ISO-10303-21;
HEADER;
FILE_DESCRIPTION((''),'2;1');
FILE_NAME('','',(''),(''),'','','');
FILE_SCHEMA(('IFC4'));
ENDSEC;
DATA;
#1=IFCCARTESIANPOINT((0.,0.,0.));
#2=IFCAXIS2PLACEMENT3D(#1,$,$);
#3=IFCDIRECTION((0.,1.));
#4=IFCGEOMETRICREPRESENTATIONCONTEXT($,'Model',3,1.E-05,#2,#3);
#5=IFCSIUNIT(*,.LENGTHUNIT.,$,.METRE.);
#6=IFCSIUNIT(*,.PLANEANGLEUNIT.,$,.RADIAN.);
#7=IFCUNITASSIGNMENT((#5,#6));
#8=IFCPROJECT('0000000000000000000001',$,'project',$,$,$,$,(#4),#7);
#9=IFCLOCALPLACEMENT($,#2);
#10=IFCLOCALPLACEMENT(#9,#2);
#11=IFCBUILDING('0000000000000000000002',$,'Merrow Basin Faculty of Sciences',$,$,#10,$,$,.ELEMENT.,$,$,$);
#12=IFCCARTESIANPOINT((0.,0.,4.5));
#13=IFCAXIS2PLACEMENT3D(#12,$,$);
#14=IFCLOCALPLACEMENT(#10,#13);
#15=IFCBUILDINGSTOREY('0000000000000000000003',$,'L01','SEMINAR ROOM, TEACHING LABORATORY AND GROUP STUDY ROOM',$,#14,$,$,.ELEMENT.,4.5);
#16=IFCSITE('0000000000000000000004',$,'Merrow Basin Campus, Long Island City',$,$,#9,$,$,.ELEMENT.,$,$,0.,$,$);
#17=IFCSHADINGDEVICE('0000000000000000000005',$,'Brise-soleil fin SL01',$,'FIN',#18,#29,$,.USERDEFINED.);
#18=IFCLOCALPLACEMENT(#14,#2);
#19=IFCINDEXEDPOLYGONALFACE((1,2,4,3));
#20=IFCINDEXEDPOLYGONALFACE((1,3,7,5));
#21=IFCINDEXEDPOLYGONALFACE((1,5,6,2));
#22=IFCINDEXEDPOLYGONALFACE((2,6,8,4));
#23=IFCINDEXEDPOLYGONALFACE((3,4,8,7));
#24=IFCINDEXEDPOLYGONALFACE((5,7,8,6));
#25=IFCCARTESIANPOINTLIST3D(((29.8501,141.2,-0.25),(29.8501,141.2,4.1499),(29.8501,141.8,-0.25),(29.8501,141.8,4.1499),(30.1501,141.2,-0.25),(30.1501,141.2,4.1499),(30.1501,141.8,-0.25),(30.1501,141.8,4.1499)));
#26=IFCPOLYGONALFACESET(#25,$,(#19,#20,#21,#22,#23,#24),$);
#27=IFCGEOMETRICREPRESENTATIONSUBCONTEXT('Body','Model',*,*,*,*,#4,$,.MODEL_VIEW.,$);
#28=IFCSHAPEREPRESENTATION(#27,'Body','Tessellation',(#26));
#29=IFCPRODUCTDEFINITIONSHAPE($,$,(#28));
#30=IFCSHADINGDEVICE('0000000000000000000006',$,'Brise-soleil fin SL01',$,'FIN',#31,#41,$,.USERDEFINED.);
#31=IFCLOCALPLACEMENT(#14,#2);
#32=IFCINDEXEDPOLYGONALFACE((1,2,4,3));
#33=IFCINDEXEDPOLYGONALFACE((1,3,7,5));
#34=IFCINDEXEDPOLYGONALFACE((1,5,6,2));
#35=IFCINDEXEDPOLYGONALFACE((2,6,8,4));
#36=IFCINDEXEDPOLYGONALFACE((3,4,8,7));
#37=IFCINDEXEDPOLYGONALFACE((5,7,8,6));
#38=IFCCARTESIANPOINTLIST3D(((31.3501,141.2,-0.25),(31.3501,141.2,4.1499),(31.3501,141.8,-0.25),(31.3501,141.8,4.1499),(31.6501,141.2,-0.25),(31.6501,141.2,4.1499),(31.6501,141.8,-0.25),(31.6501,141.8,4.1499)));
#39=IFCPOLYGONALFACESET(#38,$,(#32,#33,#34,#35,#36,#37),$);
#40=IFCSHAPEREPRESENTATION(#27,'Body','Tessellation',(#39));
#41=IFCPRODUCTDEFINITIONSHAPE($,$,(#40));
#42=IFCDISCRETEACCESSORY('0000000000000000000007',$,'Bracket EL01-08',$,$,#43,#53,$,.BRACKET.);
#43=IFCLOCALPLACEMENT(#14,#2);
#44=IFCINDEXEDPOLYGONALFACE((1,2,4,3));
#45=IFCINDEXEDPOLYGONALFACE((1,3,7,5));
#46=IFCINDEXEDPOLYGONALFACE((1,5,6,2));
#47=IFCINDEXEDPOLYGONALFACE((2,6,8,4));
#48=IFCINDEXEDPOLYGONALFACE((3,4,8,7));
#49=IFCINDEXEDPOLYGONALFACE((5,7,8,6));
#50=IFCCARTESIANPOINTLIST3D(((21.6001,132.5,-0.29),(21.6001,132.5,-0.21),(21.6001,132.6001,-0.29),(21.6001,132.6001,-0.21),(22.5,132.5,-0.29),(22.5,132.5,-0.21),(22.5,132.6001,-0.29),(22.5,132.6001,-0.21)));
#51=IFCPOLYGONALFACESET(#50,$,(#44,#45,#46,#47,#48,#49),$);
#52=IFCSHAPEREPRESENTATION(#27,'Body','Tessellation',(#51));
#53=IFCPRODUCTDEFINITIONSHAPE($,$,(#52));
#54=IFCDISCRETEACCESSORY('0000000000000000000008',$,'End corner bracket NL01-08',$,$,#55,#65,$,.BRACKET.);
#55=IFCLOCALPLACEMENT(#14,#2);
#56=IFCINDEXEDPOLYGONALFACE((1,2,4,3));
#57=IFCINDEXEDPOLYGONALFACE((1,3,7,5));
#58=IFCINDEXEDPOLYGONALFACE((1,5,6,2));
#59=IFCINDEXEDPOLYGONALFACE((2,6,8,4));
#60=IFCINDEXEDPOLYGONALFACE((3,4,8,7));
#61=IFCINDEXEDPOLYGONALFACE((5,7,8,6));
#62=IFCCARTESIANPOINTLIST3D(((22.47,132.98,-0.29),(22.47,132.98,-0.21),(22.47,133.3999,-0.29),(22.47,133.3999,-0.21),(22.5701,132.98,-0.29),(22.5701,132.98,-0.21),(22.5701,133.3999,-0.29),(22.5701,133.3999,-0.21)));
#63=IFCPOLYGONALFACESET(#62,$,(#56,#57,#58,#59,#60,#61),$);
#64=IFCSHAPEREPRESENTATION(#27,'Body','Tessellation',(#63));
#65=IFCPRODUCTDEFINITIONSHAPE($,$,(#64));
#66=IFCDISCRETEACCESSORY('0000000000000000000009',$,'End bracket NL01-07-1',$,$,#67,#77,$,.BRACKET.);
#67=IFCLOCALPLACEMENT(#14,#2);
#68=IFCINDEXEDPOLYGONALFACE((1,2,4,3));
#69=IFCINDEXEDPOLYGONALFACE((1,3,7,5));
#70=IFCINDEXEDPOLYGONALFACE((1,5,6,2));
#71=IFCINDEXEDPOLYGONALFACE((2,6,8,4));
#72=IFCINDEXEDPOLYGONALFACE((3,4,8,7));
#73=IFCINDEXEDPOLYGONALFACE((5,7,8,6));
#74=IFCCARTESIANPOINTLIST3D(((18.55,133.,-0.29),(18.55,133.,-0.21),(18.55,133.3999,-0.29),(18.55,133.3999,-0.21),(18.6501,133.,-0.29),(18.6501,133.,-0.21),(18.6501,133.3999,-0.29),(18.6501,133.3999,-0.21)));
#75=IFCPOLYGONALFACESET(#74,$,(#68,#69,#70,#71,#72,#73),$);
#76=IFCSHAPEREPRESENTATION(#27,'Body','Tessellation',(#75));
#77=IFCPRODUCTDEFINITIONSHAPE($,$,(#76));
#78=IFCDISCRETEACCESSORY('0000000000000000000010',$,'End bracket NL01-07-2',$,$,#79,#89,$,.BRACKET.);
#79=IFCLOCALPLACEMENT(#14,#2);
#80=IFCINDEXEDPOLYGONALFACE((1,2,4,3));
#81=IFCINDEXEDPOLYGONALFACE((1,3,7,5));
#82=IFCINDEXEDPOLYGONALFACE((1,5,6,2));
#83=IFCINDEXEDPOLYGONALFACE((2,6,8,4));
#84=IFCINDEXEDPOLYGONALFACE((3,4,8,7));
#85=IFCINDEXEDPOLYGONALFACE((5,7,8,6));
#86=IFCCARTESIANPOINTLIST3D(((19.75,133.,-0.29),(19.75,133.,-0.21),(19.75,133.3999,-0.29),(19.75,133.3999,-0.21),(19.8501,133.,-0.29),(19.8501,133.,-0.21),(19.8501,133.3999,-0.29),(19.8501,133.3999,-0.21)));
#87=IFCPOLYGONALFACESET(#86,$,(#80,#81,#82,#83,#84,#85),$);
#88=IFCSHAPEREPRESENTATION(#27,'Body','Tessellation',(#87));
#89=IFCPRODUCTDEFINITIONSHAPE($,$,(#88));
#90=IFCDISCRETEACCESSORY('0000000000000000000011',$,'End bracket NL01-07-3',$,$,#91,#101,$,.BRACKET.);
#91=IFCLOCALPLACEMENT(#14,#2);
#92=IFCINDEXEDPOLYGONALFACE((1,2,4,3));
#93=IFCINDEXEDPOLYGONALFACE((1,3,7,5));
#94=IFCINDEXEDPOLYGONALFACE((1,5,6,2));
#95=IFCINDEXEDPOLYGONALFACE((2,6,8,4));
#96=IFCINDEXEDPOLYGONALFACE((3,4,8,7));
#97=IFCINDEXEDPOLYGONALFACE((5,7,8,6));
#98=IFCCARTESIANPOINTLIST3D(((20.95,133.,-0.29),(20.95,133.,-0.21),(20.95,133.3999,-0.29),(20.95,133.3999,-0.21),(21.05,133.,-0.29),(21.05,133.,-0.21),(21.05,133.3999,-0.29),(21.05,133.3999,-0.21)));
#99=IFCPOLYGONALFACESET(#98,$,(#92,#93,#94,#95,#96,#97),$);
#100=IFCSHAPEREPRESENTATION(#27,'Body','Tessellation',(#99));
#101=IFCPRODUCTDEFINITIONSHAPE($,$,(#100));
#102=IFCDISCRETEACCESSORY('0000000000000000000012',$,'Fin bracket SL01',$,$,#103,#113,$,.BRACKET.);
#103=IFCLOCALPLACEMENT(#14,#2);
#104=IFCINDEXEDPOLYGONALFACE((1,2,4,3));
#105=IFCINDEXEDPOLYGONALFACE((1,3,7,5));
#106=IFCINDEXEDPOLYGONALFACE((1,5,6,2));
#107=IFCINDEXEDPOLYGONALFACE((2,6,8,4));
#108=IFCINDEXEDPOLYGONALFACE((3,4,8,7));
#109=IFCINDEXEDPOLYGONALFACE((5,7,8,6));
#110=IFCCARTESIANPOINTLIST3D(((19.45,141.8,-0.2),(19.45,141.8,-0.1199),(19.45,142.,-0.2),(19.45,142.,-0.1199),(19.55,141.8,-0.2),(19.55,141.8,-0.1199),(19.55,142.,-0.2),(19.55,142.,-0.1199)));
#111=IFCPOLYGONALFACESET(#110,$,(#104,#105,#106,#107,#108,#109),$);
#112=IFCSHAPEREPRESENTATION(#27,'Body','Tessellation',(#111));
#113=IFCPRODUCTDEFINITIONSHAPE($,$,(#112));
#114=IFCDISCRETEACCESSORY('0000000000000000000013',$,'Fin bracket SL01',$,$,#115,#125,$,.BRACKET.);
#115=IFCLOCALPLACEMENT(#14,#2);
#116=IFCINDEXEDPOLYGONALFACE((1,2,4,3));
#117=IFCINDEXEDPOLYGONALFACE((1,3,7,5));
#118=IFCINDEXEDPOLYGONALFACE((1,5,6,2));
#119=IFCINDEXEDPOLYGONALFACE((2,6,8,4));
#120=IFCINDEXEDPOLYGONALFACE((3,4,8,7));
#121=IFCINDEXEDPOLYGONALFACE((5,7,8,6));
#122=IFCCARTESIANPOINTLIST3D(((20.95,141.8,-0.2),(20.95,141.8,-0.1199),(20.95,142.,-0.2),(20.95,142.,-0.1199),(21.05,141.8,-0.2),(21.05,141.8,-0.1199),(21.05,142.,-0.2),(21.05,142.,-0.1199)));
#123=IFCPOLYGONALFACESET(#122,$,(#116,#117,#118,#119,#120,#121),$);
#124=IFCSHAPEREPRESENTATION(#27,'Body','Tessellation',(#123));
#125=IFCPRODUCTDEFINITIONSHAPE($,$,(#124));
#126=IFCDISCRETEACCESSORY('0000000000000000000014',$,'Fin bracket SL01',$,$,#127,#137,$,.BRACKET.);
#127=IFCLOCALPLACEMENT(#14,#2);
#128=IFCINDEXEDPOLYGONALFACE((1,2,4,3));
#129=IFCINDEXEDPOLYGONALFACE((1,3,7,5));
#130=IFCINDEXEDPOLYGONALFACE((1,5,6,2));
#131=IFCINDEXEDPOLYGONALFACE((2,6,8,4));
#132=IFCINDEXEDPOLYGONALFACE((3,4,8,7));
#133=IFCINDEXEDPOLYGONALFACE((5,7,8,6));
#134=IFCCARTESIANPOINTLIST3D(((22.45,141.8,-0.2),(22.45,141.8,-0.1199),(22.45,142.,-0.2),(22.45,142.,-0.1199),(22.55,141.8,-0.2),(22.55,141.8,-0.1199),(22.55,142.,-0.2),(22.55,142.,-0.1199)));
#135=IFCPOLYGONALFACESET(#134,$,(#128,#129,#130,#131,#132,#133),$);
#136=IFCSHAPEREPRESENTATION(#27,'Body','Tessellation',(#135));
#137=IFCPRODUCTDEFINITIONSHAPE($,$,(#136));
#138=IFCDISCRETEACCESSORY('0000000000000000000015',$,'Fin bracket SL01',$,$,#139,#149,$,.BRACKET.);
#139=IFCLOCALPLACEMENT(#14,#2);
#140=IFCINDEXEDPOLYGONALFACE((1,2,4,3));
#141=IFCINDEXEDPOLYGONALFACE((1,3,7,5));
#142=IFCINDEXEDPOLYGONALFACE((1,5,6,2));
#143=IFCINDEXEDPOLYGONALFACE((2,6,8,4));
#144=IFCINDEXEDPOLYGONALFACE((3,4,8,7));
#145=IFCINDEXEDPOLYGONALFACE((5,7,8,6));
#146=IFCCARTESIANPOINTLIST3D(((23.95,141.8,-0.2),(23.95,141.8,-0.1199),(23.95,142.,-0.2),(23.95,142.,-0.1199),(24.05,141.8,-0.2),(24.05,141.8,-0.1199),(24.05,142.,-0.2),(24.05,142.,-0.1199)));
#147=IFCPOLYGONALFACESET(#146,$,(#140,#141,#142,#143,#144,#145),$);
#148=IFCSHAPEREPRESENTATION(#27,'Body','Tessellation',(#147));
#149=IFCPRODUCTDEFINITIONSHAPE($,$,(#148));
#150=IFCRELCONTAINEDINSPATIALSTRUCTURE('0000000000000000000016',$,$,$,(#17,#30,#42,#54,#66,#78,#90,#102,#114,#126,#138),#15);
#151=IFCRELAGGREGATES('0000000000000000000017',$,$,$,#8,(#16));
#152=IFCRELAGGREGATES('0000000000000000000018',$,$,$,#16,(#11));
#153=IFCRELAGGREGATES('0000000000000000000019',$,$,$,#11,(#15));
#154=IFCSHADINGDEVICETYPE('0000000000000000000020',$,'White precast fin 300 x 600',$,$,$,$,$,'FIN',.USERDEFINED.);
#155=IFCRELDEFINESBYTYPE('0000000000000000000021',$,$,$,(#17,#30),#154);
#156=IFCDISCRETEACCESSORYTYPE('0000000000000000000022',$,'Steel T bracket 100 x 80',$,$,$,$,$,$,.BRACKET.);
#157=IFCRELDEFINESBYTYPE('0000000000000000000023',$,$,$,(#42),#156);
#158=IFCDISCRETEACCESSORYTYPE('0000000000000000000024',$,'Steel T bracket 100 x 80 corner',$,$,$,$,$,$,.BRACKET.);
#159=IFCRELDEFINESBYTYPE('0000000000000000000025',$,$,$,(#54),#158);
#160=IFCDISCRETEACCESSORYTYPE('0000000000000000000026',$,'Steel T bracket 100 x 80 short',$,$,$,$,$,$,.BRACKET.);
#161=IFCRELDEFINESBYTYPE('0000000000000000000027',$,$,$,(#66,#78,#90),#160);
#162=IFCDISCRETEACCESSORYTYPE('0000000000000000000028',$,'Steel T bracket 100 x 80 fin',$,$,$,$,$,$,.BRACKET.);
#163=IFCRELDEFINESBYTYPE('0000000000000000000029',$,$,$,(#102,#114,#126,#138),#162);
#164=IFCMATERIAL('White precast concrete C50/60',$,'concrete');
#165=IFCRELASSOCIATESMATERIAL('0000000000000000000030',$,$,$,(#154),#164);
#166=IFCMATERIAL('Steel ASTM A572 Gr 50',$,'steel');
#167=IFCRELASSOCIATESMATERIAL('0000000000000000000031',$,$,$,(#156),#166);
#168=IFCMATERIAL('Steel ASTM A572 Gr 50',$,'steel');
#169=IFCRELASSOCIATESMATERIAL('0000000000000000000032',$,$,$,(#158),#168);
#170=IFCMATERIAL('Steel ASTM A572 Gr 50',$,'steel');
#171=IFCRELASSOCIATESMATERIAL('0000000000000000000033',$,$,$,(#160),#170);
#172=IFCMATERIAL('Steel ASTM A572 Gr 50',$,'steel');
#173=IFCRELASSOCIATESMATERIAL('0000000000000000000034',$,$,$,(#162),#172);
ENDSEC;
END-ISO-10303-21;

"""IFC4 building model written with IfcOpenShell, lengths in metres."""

from ifc_helpers import new_model, si_unit, direction, frame, origin, place, context, subcontext, project, spatial, polyline, outline, extrude, source, transform, mapped, material, type_object, element, save


model = new_model("IFC4")

# Units and contexts
model_context = context("Model", 3, precision=1e-05, world=origin(), true_north=direction((0.0, 1.0)))
body_context = subcontext(model_context, "Body", "Model", "MODEL_VIEW")
ifc_project = project(units=[si_unit("LENGTHUNIT", "METRE"), si_unit("PLANEANGLEUNIT", "RADIAN")], contexts=[model_context])

# Site, building, storey
site_placement = place(None, origin())
site = spatial("IfcSite", under=ifc_project, at=site_placement, Name="Merrow Basin Campus, Long Island City", CompositionType="ELEMENT", RefElevation=0.0)
building_placement = place(site_placement, origin())
building = spatial("IfcBuilding", under=site, at=building_placement, Name="Merrow Basin Faculty of Sciences", CompositionType="ELEMENT")
storey_placement = place(building_placement, frame((0.0, 0.0, 4.5)))
storey = spatial("IfcBuildingStorey", under=building, at=storey_placement, Name="L01", Description="SEMINAR ROOM, TEACHING LABORATORY AND GROUP STUDY ROOM", CompositionType="ELEMENT", Elevation=4.5)

# Shading devices
ifc_material_1 = material(Name="White precast concrete C50/60", Category="concrete")
shading_device_type = type_object("IfcShadingDeviceType", Name="White precast fin 300 x 600", ElementType="FIN", PredefinedType="USERDEFINED", material=ifc_material_1)
shared_shape_1 = source(origin(), body_context, "Body", "SweptSolid", [
    extrude(outline(polyline([(0.0, 0.0), (0.3, 0.0), (0.3, 4.3999), (0.0, 4.3999), (0.0, 0.0)])), origin(), (0.0, 0.0, 1.0), 0.6001),
])
for number, where, z_axis, x_axis, name in (
    (1, (29.8501, 141.8, -0.25), (0.0, -1.0, 0.0), (1.0, 0.0, 0.0), "Brise-soleil fin SL01"),
    (2, (31.3501, 141.8, -0.25), (0.0, -1.0, 0.0), (1.0, 0.0, 0.0), "Brise-soleil fin SL01"),
):
    element("IfcShadingDevice", number, at=place(storey_placement, frame(where, z_axis=z_axis, x_axis=x_axis)), inside=storey, type_object=shading_device_type, Name=name, ObjectType="FIN", PredefinedType="USERDEFINED", context=body_context, shape_type="MappedRepresentation", body=[
        mapped(shared_shape_1, transform((0.0, 0.0, 0.0), scale=1.0)),
    ])

# Discrete accessories
ifc_material_2 = material(Name="Steel ASTM A572 Gr 50", Category="steel")
discrete_accessory_type_1 = type_object("IfcDiscreteAccessoryType", Name="Steel T bracket 100 x 80", PredefinedType="BRACKET", material=ifc_material_2)
shared_shape_2 = source(origin(), body_context, "Body", "SweptSolid", [
    extrude(outline(polyline([(0.0, 0.0), (0.1001, 0.0), (0.1001, 0.0801), (0.0, 0.0801), (0.0, 0.0)])), origin(), (0.0, 0.0, 1.0), 0.8999),
])
discrete_accessory_1_placement = place(storey_placement, frame((22.5, 132.6001, -0.29), z_axis=(-1.0, 0.0, 0.0), x_axis=(0.0, -1.0, 0.0)))
element("IfcDiscreteAccessory", 3, at=discrete_accessory_1_placement, inside=storey, type_object=discrete_accessory_type_1, Name="Bracket EL01-08", PredefinedType="BRACKET", context=body_context, shape_type="MappedRepresentation", body=[
    mapped(shared_shape_2, transform((0.0, 0.0, 0.0), scale=1.0)),
])
ifc_material_3 = material(Name="Steel ASTM A572 Gr 50", Category="steel")
discrete_accessory_type_2 = type_object("IfcDiscreteAccessoryType", Name="Steel T bracket 100 x 80 corner", PredefinedType="BRACKET", material=ifc_material_3)
shared_shape_3 = source(origin(), body_context, "Body", "SweptSolid", [
    extrude(outline(polyline([(0.0, 0.0), (0.1001, 0.0), (0.1001, 0.0801), (0.0, 0.0801), (0.0, 0.0)])), origin(), (0.0, 0.0, 1.0), 0.4199),
])
discrete_accessory_2_placement = place(storey_placement, frame((22.47, 133.3999, -0.29), z_axis=(0.0, -1.0, 0.0), x_axis=(1.0, 0.0, 0.0)))
element("IfcDiscreteAccessory", 4, at=discrete_accessory_2_placement, inside=storey, type_object=discrete_accessory_type_2, Name="End corner bracket NL01-08", PredefinedType="BRACKET", context=body_context, shape_type="MappedRepresentation", body=[
    mapped(shared_shape_3, transform((0.0, 0.0, 0.0), scale=1.0)),
])
ifc_material_4 = material(Name="Steel ASTM A572 Gr 50", Category="steel")
discrete_accessory_type_3 = type_object("IfcDiscreteAccessoryType", Name="Steel T bracket 100 x 80 short", PredefinedType="BRACKET", material=ifc_material_4)
shared_shape_4 = source(origin(), body_context, "Body", "SweptSolid", [
    extrude(outline(polyline([(0.0, 0.0), (0.1001, 0.0), (0.1001, 0.0801), (0.0, 0.0801), (0.0, 0.0)])), origin(), (0.0, 0.0, 1.0), 0.3999),
])
for number, where, z_axis, x_axis, name in (
    (5, (18.55, 133.3999, -0.29), (0.0, -1.0, 0.0), (1.0, 0.0, 0.0), "End bracket NL01-07-1"),
    (6, (19.75, 133.3999, -0.29), (0.0, -1.0, 0.0), (1.0, 0.0, 0.0), "End bracket NL01-07-2"),
    (7, (20.95, 133.3999, -0.29), (0.0, -1.0, 0.0), (1.0, 0.0, 0.0), "End bracket NL01-07-3"),
):
    element("IfcDiscreteAccessory", number, at=place(storey_placement, frame(where, z_axis=z_axis, x_axis=x_axis)), inside=storey, type_object=discrete_accessory_type_3, Name=name, PredefinedType="BRACKET", context=body_context, shape_type="MappedRepresentation", body=[
        mapped(shared_shape_4, transform((0.0, 0.0, 0.0), scale=1.0)),
    ])
ifc_material_5 = material(Name="Steel ASTM A572 Gr 50", Category="steel")
discrete_accessory_type_4 = type_object("IfcDiscreteAccessoryType", Name="Steel T bracket 100 x 80 fin", PredefinedType="BRACKET", material=ifc_material_5)
shared_shape_5 = source(origin(), body_context, "Body", "SweptSolid", [
    extrude(outline(polyline([(0.0, 0.0), (0.1001, 0.0), (0.1001, 0.0801), (0.0, 0.0801), (0.0, 0.0)])), origin(), (0.0, 0.0, 1.0), 0.2),
])
for number, where, z_axis, x_axis, name in (
    (8, (19.45, 142.0, -0.2), (0.0, -1.0, 0.0), (1.0, 0.0, 0.0), "Fin bracket SL01"),
    (9, (20.95, 142.0, -0.2), (0.0, -1.0, 0.0), (1.0, 0.0, 0.0), "Fin bracket SL01"),
    (10, (22.45, 142.0, -0.2), (0.0, -1.0, 0.0), (1.0, 0.0, 0.0), "Fin bracket SL01"),
    (11, (23.95, 142.0, -0.2), (0.0, -1.0, 0.0), (1.0, 0.0, 0.0), "Fin bracket SL01"),
):
    element("IfcDiscreteAccessory", number, at=place(storey_placement, frame(where, z_axis=z_axis, x_axis=x_axis)), inside=storey, type_object=discrete_accessory_type_4, Name=name, PredefinedType="BRACKET", context=body_context, shape_type="MappedRepresentation", body=[
        mapped(shared_shape_5, transform((0.0, 0.0, 0.0), scale=1.0)),
    ])

save(model, "model.ifc")
